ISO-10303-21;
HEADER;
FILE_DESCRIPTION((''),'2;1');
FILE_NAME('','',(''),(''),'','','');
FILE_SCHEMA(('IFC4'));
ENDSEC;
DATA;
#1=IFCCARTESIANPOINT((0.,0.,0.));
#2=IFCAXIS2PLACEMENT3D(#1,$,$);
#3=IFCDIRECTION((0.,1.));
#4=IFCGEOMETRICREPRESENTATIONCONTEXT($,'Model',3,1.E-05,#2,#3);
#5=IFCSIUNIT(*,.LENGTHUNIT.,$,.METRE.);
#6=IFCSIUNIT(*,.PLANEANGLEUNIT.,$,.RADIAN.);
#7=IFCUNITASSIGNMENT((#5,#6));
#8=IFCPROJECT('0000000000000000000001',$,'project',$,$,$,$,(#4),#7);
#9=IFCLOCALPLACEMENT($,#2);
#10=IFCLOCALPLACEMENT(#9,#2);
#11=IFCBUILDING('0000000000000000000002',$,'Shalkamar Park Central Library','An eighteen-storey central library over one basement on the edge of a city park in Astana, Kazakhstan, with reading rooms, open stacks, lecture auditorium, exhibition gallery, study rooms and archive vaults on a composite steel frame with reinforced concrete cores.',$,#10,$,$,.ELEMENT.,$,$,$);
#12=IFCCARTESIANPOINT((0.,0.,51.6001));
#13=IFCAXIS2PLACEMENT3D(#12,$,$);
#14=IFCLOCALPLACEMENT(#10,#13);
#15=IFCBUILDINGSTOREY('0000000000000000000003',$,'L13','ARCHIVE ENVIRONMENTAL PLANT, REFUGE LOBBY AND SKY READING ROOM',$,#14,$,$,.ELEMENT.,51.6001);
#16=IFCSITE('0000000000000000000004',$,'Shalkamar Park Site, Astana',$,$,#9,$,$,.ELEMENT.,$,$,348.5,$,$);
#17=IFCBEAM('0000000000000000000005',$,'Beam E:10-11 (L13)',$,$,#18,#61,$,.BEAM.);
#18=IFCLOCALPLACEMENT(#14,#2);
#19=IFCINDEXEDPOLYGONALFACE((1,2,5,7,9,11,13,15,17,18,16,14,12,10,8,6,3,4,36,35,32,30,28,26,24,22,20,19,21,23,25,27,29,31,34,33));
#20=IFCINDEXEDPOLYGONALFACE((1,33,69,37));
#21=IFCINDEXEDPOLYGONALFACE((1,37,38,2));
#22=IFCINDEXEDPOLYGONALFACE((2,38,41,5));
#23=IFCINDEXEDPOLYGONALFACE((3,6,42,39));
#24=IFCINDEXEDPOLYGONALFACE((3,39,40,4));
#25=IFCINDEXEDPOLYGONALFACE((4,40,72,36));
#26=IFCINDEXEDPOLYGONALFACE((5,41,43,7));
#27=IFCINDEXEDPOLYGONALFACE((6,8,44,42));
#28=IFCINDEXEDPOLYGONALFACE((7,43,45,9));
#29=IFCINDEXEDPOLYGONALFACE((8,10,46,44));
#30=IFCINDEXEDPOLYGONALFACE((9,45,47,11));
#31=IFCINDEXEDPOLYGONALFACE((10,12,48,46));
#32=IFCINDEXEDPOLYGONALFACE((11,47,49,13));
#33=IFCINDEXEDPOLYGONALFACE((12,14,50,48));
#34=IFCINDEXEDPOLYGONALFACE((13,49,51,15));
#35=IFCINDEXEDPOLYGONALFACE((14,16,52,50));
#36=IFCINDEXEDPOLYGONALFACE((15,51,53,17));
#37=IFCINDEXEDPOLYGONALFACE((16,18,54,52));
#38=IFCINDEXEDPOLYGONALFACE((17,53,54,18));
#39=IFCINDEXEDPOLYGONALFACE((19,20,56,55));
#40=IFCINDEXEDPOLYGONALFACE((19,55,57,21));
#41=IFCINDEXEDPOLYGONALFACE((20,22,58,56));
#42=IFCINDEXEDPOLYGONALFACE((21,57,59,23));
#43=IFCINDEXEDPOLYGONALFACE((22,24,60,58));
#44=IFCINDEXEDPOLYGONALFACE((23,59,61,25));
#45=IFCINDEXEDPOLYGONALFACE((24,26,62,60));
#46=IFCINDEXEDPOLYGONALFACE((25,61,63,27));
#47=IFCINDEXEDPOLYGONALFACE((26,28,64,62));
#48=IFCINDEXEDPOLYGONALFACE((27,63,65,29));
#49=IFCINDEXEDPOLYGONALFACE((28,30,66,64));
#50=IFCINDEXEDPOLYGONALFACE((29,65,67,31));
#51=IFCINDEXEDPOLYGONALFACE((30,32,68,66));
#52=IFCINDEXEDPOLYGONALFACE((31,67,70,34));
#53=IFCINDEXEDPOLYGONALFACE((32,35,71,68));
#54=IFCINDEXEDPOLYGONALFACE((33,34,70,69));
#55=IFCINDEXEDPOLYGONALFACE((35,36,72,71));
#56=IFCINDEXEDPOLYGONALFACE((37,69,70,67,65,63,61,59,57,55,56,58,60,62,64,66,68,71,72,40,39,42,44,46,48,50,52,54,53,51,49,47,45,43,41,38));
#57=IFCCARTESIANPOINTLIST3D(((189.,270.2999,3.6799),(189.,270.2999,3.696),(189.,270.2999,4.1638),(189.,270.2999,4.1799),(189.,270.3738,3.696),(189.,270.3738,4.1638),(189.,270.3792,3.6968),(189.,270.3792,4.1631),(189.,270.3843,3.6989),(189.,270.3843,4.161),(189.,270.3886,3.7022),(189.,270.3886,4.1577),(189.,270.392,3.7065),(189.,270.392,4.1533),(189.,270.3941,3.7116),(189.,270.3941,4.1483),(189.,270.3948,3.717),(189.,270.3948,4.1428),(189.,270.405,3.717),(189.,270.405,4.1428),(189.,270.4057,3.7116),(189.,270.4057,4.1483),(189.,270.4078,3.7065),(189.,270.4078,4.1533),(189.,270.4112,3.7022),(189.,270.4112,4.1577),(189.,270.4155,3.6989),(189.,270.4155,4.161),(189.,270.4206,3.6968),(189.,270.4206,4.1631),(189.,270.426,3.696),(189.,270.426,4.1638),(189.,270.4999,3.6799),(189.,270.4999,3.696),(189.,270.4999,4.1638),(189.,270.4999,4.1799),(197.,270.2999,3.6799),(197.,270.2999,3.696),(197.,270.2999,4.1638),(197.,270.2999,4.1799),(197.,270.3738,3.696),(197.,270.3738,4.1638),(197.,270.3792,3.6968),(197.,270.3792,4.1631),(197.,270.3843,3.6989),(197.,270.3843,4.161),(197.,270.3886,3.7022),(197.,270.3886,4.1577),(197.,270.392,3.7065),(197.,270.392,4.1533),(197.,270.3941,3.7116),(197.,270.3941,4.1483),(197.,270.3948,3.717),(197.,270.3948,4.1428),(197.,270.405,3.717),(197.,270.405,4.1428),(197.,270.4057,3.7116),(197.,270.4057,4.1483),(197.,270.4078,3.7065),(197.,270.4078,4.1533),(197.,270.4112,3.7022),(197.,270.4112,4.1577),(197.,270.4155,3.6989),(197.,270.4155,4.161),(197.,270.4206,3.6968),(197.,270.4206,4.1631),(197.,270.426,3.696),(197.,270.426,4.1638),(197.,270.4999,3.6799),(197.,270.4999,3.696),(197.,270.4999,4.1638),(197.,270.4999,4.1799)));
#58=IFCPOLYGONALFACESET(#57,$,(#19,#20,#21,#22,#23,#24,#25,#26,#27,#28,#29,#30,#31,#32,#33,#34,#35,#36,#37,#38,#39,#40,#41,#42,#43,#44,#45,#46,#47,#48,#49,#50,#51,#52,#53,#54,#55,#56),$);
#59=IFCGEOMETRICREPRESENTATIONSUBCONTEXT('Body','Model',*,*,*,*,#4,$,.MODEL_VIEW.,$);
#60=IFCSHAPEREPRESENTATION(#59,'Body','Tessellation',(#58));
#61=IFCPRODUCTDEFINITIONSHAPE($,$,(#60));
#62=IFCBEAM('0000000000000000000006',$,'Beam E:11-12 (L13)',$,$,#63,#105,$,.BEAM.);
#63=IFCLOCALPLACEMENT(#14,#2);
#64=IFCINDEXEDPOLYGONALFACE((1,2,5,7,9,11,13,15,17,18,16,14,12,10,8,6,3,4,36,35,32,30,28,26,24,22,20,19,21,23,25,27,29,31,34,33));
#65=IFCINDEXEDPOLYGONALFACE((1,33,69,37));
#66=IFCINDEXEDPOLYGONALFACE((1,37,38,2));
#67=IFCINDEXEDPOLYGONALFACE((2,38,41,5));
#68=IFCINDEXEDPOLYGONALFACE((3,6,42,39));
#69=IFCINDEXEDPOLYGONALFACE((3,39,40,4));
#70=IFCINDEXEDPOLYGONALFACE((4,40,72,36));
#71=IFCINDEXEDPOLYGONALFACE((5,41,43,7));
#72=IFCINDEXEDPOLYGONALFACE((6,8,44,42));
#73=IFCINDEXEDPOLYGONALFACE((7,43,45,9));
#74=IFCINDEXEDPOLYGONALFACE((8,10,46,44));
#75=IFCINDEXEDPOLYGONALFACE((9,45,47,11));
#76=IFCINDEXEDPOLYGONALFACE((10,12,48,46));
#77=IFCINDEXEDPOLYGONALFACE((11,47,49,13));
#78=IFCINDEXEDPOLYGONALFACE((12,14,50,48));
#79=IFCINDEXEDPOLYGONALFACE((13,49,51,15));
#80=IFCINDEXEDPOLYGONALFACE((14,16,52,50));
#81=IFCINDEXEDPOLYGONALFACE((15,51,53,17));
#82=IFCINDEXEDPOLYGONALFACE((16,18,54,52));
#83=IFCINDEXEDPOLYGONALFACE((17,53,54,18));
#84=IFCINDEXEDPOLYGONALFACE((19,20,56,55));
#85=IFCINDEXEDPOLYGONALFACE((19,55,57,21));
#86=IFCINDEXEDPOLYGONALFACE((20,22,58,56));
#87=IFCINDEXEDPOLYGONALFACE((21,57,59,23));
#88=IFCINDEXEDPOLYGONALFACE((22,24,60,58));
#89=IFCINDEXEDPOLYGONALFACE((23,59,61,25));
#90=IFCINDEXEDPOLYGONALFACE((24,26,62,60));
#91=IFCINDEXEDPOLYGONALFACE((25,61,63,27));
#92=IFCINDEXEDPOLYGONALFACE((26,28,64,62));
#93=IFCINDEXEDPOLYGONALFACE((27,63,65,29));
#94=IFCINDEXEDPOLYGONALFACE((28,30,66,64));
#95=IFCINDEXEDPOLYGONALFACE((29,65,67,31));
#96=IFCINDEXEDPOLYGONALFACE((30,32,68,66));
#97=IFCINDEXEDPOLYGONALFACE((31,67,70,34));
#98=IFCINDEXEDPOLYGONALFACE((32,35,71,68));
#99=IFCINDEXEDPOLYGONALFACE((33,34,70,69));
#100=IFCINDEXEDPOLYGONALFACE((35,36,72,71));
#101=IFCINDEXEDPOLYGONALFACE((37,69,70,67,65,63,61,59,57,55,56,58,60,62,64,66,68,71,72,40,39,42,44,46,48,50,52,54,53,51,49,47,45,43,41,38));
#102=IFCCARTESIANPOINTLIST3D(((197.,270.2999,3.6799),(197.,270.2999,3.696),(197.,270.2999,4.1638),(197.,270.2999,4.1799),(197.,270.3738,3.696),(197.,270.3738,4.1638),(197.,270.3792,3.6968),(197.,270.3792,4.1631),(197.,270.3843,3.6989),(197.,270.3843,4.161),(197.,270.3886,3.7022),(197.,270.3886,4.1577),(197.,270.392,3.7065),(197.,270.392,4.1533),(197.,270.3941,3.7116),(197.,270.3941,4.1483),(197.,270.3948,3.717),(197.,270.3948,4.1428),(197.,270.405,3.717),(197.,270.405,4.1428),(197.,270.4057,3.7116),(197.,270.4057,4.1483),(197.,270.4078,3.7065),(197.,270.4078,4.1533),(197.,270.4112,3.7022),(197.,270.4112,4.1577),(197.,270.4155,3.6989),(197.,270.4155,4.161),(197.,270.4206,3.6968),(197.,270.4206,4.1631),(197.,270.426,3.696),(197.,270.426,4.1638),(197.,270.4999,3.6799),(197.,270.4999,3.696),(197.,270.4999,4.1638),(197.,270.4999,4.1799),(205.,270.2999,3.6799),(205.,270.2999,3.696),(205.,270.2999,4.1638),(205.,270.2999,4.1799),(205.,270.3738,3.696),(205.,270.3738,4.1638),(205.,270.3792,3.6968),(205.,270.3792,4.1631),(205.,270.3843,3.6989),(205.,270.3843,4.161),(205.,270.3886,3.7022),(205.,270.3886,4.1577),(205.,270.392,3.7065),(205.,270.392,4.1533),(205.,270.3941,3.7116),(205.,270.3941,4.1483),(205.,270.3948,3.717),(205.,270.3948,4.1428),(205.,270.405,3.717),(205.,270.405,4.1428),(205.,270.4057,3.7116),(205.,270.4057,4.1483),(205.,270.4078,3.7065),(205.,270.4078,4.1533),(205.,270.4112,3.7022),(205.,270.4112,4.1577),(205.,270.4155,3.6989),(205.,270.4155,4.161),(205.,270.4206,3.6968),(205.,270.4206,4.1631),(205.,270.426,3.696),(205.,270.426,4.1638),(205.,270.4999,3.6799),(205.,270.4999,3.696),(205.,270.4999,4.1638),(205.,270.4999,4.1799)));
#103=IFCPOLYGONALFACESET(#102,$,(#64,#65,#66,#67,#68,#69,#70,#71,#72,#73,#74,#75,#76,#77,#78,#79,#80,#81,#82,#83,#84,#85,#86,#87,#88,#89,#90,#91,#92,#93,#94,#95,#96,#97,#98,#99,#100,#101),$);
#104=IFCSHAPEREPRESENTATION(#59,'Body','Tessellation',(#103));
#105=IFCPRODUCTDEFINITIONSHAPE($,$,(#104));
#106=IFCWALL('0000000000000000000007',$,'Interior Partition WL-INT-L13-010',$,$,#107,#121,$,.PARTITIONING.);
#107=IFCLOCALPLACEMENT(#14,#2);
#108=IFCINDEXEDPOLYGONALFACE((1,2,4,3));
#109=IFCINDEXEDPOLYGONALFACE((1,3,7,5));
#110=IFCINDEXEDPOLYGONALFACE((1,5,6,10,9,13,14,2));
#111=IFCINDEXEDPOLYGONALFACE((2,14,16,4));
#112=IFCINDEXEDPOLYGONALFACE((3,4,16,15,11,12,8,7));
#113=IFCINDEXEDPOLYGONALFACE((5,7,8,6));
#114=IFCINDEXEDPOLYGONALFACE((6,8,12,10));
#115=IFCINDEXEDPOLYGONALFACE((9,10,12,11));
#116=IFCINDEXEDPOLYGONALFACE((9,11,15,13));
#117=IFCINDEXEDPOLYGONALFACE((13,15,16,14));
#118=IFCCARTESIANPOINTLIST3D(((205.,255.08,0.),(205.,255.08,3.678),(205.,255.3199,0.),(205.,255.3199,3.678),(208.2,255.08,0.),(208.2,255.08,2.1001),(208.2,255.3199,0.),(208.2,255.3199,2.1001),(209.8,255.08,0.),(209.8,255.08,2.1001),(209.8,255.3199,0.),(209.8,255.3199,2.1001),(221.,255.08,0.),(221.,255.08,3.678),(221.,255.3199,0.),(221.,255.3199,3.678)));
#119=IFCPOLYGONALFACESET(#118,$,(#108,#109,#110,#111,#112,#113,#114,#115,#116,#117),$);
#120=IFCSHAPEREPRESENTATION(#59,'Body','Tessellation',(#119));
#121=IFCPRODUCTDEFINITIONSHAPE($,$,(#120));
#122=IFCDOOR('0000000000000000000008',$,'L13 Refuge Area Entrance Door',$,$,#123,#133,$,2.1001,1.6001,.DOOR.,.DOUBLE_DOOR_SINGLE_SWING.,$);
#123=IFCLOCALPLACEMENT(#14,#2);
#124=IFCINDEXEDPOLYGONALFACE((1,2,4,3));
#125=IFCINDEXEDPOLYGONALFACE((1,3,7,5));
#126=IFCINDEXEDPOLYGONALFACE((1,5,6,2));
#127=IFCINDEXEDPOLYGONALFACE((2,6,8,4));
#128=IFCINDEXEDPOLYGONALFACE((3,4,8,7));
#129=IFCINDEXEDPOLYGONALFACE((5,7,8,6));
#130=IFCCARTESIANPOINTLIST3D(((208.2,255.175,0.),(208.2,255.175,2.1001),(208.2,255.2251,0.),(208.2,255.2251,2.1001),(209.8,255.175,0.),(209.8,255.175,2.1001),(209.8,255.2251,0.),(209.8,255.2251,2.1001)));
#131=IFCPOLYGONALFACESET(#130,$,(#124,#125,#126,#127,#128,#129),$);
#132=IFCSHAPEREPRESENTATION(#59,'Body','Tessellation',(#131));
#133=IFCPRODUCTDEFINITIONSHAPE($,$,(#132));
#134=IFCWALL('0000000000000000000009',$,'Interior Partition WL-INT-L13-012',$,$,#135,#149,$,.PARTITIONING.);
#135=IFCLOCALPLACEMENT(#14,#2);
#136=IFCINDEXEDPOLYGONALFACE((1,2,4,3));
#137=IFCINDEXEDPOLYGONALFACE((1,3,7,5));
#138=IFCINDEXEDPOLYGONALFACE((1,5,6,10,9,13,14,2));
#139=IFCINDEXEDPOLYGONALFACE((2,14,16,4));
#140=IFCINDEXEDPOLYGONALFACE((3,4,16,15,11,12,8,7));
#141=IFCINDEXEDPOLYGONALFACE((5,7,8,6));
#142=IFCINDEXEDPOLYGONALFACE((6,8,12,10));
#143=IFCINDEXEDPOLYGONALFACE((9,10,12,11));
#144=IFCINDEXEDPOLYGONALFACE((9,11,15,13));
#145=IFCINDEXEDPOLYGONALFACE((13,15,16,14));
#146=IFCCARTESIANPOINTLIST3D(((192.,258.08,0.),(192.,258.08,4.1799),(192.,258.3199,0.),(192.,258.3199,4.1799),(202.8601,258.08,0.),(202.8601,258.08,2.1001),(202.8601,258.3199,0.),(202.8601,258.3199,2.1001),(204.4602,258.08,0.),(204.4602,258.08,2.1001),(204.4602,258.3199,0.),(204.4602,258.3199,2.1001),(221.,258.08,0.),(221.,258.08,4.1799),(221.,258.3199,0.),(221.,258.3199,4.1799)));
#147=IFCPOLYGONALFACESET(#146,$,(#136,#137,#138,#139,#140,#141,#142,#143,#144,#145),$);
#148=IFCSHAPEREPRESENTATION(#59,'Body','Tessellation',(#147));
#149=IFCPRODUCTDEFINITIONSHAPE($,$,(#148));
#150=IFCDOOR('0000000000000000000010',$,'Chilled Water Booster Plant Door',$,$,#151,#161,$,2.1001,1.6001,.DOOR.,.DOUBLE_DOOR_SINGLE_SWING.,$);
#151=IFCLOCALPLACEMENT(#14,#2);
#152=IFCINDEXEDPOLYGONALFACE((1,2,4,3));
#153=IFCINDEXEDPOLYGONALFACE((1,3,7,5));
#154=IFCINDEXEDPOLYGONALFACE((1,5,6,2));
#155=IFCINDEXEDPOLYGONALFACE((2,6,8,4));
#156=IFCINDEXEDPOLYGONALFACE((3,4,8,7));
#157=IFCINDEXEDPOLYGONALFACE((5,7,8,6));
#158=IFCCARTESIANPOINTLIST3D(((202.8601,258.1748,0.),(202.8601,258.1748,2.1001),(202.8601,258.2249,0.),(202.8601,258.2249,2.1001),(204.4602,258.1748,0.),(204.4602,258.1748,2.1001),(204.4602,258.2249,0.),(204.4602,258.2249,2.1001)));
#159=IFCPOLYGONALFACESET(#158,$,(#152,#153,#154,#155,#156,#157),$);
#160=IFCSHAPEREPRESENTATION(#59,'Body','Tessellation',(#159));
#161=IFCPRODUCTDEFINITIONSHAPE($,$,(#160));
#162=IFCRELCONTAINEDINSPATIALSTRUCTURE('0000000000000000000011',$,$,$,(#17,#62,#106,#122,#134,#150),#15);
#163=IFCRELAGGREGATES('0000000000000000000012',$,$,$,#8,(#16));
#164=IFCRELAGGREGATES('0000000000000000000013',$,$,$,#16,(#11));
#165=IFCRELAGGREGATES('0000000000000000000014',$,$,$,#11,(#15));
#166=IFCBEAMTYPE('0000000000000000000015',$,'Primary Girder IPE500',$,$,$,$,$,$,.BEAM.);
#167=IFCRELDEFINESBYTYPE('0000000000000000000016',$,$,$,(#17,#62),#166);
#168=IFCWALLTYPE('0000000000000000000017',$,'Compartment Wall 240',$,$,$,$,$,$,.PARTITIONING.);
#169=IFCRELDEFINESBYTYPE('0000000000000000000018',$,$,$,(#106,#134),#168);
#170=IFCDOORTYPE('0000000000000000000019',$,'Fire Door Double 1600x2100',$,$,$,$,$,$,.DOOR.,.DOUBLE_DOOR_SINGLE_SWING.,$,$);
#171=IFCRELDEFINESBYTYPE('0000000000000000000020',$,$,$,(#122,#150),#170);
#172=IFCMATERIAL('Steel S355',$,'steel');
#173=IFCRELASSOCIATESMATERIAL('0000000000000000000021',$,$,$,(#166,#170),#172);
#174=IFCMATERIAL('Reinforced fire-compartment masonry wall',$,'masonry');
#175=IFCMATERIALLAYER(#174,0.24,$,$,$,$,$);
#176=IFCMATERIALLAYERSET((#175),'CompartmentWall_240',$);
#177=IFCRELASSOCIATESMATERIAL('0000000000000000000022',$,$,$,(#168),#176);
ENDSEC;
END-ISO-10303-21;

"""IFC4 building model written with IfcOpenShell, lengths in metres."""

from ifc_helpers import new_model, si_unit, direction, frame, frame_2d, origin, origin_2d, place, context, subcontext, project, spatial, rectangle, i_section, extrude, material, layer, layer_set, material_profile, profile_set, type_object, element, fill, save


model = new_model("IFC4")

# Units and contexts
model_context = context("Model", 3, precision=1e-05, world=origin(), true_north=direction((0.0, 1.0)))
body_context = subcontext(model_context, "Body", "Model", "MODEL_VIEW")
ifc_project = project(units=[si_unit("LENGTHUNIT", "METRE"), si_unit("PLANEANGLEUNIT", "RADIAN")], contexts=[model_context])

# Site, building, storey
site_placement = place(None, origin())
site = spatial("IfcSite", under=ifc_project, at=site_placement, Name="Shalkamar Park Site, Astana", CompositionType="ELEMENT", RefElevation=348.5)
building_placement = place(site_placement, origin())
building = spatial("IfcBuilding", under=site, at=building_placement, Name="Shalkamar Park Central Library", Description="An eighteen-storey central library over one basement on the edge of a city park in Astana, Kazakhstan, with reading rooms, open stacks, lecture auditorium, exhibition gallery, study rooms and archive vaults on a composite steel frame with reinforced concrete cores.", CompositionType="ELEMENT")
storey_placement = place(building_placement, frame((0.0, 0.0, 51.6001)))
storey = spatial("IfcBuildingStorey", under=building, at=storey_placement, Name="L13", Description="ARCHIVE ENVIRONMENTAL PLANT, REFUGE LOBBY AND SKY READING ROOM", CompositionType="ELEMENT", Elevation=51.6001)

# Shared definitions
ifc_material_1 = material(Name="Steel S355", Category="steel")

# Beams
ifc_material_profile_1 = material_profile(ifc_material_1, i_section(OverallWidth=0.2, OverallDepth=0.5, WebThickness=0.0103, FlangeThickness=0.0161, FilletRadius=0.021, at=origin_2d()), Name="IPE 500")
ifc_profile_set_1 = profile_set([ifc_material_profile_1], Name="Steel S355")
beam_type_1 = type_object("IfcBeamType", Name="Primary Girder IPE500", PredefinedType="BEAM", material=ifc_profile_set_1)
for number, where, z_axis, x_axis, name in (
    (1, (189.0, 270.3999, 3.9299), (1.0, 0.0, 0.0), (0.0, 1.0, 0.0), "Beam E:10-11 (L13)"),
    (2, (197.0, 270.3999, 3.9299), (1.0, 0.0, 0.0), (0.0, 1.0, 0.0), "Beam E:11-12 (L13)"),
):
    element("IfcBeam", number, at=place(storey_placement, frame(where, z_axis=z_axis, x_axis=x_axis)), inside=storey, type_object=beam_type_1, Name=name, PredefinedType="BEAM", context=body_context, shape_type="SweptSolid", body=[
        extrude(i_section(OverallWidth=0.2, OverallDepth=0.5, WebThickness=0.0103, FlangeThickness=0.0161, FilletRadius=0.021, at=origin_2d()), origin(), (0.0, 0.0, 1.0), 8.0),
    ])

# Walls, openings, doors
ifc_material_2 = material(Name="Reinforced fire-compartment masonry wall", Category="masonry")
ifc_layer_1 = layer(ifc_material_2, 0.24)
ifc_layer_set_1 = layer_set([ifc_layer_1], Name="CompartmentWall_240")
wall_type_1 = type_object("IfcWallType", Name="Compartment Wall 240", PredefinedType="PARTITIONING", material=ifc_layer_set_1)
wall_1_placement = place(storey_placement, frame((205.0, 255.2, 0.0), z_axis=(0.0, 0.0, 1.0), x_axis=(1.0, 0.0, 0.0)))
wall_1 = element("IfcWall", 3, at=wall_1_placement, inside=storey, type_object=wall_type_1, Name="Interior Partition WL-INT-L13-010", PredefinedType="PARTITIONING", context=body_context, shape_type="SweptSolid", body=[
    extrude(rectangle(XDim=16.0, YDim=0.24, at=frame_2d((8.0, 0.0))), origin(), (0.0, 0.0, 1.0), 3.678),
])
opening_1_placement = place(wall_1_placement, frame((3.2, 0.0, 0.0)))
opening_1 = element("IfcOpeningElement", 4, at=opening_1_placement, cuts=wall_1, PredefinedType="OPENING", context=body_context, shape_type="SweptSolid", body=[
    extrude(rectangle(XDim=1.6001, YDim=2.1001, at=frame_2d((0.8, 1.05))), frame((0.0, 0.1348, 0.0), z_axis=(0.0, -1.0, 0.0), x_axis=(1.0, 0.0, 0.0)), (0.0, 0.0, 1.0), 0.2698),
])
door_type_1 = type_object("IfcDoorType", Name="Fire Door Double 1600x2100", OperationType="DOUBLE_DOOR_SINGLE_SWING", PredefinedType="DOOR", material=ifc_material_1)
door_1_placement = place(opening_1_placement, frame((1.6001, 0.0, 0.0), z_axis=(0.0, 0.0, 1.0), x_axis=(-1.0, 0.0, 0.0)))
door_1 = element("IfcDoor", 5, at=door_1_placement, inside=storey, type_object=door_type_1, Name="L13 Refuge Area Entrance Door", OperationType="DOUBLE_DOOR_SINGLE_SWING", OverallHeight=2.1001, OverallWidth=1.6001, PredefinedType="DOOR", context=body_context, shape_type="SweptSolid", body=[
    extrude(rectangle(XDim=1.6001, YDim=2.1001, at=frame_2d((0.8, 1.05))), frame((0.0, 0.0249, 0.0), z_axis=(0.0, -1.0, 0.0), x_axis=(1.0, 0.0, 0.0)), (0.0, 0.0, 1.0), 0.05),
])
fill(opening_1, door_1)
wall_2_placement = place(storey_placement, frame((192.0, 258.2, 0.0), z_axis=(0.0, 0.0, 1.0), x_axis=(1.0, 0.0, 0.0)))
wall_2 = element("IfcWall", 6, at=wall_2_placement, inside=storey, type_object=wall_type_1, Name="Interior Partition WL-INT-L13-012", PredefinedType="PARTITIONING", context=body_context, shape_type="SweptSolid", body=[
    extrude(rectangle(XDim=29.0, YDim=0.24, at=frame_2d((14.5, 0.0))), origin(), (0.0, 0.0, 1.0), 4.1799),
])
opening_2_placement = place(wall_2_placement, frame((10.8601, 0.0, 0.0)))
opening_2 = element("IfcOpeningElement", 7, at=opening_2_placement, cuts=wall_2, PredefinedType="OPENING", context=body_context, shape_type="SweptSolid", body=[
    extrude(rectangle(XDim=1.6001, YDim=2.1001, at=frame_2d((0.8, 1.05))), frame((0.0, 0.1348, 0.0), z_axis=(0.0, -1.0, 0.0), x_axis=(1.0, 0.0, 0.0)), (0.0, 0.0, 1.0), 0.2698),
])
door_2_placement = place(opening_2_placement, origin())
door_2 = element("IfcDoor", 8, at=door_2_placement, inside=storey, type_object=door_type_1, Name="Chilled Water Booster Plant Door", OperationType="DOUBLE_DOOR_SINGLE_SWING", OverallHeight=2.1001, OverallWidth=1.6001, PredefinedType="DOOR", context=body_context, shape_type="SweptSolid", body=[
    extrude(rectangle(XDim=1.6001, YDim=2.1001, at=frame_2d((0.8, 1.05))), frame((0.0, 0.0249, 0.0), z_axis=(0.0, -1.0, 0.0), x_axis=(1.0, 0.0, 0.0)), (0.0, 0.0, 1.0), 0.05),
])
fill(opening_2, door_2)

save(model, "model.ifc")
